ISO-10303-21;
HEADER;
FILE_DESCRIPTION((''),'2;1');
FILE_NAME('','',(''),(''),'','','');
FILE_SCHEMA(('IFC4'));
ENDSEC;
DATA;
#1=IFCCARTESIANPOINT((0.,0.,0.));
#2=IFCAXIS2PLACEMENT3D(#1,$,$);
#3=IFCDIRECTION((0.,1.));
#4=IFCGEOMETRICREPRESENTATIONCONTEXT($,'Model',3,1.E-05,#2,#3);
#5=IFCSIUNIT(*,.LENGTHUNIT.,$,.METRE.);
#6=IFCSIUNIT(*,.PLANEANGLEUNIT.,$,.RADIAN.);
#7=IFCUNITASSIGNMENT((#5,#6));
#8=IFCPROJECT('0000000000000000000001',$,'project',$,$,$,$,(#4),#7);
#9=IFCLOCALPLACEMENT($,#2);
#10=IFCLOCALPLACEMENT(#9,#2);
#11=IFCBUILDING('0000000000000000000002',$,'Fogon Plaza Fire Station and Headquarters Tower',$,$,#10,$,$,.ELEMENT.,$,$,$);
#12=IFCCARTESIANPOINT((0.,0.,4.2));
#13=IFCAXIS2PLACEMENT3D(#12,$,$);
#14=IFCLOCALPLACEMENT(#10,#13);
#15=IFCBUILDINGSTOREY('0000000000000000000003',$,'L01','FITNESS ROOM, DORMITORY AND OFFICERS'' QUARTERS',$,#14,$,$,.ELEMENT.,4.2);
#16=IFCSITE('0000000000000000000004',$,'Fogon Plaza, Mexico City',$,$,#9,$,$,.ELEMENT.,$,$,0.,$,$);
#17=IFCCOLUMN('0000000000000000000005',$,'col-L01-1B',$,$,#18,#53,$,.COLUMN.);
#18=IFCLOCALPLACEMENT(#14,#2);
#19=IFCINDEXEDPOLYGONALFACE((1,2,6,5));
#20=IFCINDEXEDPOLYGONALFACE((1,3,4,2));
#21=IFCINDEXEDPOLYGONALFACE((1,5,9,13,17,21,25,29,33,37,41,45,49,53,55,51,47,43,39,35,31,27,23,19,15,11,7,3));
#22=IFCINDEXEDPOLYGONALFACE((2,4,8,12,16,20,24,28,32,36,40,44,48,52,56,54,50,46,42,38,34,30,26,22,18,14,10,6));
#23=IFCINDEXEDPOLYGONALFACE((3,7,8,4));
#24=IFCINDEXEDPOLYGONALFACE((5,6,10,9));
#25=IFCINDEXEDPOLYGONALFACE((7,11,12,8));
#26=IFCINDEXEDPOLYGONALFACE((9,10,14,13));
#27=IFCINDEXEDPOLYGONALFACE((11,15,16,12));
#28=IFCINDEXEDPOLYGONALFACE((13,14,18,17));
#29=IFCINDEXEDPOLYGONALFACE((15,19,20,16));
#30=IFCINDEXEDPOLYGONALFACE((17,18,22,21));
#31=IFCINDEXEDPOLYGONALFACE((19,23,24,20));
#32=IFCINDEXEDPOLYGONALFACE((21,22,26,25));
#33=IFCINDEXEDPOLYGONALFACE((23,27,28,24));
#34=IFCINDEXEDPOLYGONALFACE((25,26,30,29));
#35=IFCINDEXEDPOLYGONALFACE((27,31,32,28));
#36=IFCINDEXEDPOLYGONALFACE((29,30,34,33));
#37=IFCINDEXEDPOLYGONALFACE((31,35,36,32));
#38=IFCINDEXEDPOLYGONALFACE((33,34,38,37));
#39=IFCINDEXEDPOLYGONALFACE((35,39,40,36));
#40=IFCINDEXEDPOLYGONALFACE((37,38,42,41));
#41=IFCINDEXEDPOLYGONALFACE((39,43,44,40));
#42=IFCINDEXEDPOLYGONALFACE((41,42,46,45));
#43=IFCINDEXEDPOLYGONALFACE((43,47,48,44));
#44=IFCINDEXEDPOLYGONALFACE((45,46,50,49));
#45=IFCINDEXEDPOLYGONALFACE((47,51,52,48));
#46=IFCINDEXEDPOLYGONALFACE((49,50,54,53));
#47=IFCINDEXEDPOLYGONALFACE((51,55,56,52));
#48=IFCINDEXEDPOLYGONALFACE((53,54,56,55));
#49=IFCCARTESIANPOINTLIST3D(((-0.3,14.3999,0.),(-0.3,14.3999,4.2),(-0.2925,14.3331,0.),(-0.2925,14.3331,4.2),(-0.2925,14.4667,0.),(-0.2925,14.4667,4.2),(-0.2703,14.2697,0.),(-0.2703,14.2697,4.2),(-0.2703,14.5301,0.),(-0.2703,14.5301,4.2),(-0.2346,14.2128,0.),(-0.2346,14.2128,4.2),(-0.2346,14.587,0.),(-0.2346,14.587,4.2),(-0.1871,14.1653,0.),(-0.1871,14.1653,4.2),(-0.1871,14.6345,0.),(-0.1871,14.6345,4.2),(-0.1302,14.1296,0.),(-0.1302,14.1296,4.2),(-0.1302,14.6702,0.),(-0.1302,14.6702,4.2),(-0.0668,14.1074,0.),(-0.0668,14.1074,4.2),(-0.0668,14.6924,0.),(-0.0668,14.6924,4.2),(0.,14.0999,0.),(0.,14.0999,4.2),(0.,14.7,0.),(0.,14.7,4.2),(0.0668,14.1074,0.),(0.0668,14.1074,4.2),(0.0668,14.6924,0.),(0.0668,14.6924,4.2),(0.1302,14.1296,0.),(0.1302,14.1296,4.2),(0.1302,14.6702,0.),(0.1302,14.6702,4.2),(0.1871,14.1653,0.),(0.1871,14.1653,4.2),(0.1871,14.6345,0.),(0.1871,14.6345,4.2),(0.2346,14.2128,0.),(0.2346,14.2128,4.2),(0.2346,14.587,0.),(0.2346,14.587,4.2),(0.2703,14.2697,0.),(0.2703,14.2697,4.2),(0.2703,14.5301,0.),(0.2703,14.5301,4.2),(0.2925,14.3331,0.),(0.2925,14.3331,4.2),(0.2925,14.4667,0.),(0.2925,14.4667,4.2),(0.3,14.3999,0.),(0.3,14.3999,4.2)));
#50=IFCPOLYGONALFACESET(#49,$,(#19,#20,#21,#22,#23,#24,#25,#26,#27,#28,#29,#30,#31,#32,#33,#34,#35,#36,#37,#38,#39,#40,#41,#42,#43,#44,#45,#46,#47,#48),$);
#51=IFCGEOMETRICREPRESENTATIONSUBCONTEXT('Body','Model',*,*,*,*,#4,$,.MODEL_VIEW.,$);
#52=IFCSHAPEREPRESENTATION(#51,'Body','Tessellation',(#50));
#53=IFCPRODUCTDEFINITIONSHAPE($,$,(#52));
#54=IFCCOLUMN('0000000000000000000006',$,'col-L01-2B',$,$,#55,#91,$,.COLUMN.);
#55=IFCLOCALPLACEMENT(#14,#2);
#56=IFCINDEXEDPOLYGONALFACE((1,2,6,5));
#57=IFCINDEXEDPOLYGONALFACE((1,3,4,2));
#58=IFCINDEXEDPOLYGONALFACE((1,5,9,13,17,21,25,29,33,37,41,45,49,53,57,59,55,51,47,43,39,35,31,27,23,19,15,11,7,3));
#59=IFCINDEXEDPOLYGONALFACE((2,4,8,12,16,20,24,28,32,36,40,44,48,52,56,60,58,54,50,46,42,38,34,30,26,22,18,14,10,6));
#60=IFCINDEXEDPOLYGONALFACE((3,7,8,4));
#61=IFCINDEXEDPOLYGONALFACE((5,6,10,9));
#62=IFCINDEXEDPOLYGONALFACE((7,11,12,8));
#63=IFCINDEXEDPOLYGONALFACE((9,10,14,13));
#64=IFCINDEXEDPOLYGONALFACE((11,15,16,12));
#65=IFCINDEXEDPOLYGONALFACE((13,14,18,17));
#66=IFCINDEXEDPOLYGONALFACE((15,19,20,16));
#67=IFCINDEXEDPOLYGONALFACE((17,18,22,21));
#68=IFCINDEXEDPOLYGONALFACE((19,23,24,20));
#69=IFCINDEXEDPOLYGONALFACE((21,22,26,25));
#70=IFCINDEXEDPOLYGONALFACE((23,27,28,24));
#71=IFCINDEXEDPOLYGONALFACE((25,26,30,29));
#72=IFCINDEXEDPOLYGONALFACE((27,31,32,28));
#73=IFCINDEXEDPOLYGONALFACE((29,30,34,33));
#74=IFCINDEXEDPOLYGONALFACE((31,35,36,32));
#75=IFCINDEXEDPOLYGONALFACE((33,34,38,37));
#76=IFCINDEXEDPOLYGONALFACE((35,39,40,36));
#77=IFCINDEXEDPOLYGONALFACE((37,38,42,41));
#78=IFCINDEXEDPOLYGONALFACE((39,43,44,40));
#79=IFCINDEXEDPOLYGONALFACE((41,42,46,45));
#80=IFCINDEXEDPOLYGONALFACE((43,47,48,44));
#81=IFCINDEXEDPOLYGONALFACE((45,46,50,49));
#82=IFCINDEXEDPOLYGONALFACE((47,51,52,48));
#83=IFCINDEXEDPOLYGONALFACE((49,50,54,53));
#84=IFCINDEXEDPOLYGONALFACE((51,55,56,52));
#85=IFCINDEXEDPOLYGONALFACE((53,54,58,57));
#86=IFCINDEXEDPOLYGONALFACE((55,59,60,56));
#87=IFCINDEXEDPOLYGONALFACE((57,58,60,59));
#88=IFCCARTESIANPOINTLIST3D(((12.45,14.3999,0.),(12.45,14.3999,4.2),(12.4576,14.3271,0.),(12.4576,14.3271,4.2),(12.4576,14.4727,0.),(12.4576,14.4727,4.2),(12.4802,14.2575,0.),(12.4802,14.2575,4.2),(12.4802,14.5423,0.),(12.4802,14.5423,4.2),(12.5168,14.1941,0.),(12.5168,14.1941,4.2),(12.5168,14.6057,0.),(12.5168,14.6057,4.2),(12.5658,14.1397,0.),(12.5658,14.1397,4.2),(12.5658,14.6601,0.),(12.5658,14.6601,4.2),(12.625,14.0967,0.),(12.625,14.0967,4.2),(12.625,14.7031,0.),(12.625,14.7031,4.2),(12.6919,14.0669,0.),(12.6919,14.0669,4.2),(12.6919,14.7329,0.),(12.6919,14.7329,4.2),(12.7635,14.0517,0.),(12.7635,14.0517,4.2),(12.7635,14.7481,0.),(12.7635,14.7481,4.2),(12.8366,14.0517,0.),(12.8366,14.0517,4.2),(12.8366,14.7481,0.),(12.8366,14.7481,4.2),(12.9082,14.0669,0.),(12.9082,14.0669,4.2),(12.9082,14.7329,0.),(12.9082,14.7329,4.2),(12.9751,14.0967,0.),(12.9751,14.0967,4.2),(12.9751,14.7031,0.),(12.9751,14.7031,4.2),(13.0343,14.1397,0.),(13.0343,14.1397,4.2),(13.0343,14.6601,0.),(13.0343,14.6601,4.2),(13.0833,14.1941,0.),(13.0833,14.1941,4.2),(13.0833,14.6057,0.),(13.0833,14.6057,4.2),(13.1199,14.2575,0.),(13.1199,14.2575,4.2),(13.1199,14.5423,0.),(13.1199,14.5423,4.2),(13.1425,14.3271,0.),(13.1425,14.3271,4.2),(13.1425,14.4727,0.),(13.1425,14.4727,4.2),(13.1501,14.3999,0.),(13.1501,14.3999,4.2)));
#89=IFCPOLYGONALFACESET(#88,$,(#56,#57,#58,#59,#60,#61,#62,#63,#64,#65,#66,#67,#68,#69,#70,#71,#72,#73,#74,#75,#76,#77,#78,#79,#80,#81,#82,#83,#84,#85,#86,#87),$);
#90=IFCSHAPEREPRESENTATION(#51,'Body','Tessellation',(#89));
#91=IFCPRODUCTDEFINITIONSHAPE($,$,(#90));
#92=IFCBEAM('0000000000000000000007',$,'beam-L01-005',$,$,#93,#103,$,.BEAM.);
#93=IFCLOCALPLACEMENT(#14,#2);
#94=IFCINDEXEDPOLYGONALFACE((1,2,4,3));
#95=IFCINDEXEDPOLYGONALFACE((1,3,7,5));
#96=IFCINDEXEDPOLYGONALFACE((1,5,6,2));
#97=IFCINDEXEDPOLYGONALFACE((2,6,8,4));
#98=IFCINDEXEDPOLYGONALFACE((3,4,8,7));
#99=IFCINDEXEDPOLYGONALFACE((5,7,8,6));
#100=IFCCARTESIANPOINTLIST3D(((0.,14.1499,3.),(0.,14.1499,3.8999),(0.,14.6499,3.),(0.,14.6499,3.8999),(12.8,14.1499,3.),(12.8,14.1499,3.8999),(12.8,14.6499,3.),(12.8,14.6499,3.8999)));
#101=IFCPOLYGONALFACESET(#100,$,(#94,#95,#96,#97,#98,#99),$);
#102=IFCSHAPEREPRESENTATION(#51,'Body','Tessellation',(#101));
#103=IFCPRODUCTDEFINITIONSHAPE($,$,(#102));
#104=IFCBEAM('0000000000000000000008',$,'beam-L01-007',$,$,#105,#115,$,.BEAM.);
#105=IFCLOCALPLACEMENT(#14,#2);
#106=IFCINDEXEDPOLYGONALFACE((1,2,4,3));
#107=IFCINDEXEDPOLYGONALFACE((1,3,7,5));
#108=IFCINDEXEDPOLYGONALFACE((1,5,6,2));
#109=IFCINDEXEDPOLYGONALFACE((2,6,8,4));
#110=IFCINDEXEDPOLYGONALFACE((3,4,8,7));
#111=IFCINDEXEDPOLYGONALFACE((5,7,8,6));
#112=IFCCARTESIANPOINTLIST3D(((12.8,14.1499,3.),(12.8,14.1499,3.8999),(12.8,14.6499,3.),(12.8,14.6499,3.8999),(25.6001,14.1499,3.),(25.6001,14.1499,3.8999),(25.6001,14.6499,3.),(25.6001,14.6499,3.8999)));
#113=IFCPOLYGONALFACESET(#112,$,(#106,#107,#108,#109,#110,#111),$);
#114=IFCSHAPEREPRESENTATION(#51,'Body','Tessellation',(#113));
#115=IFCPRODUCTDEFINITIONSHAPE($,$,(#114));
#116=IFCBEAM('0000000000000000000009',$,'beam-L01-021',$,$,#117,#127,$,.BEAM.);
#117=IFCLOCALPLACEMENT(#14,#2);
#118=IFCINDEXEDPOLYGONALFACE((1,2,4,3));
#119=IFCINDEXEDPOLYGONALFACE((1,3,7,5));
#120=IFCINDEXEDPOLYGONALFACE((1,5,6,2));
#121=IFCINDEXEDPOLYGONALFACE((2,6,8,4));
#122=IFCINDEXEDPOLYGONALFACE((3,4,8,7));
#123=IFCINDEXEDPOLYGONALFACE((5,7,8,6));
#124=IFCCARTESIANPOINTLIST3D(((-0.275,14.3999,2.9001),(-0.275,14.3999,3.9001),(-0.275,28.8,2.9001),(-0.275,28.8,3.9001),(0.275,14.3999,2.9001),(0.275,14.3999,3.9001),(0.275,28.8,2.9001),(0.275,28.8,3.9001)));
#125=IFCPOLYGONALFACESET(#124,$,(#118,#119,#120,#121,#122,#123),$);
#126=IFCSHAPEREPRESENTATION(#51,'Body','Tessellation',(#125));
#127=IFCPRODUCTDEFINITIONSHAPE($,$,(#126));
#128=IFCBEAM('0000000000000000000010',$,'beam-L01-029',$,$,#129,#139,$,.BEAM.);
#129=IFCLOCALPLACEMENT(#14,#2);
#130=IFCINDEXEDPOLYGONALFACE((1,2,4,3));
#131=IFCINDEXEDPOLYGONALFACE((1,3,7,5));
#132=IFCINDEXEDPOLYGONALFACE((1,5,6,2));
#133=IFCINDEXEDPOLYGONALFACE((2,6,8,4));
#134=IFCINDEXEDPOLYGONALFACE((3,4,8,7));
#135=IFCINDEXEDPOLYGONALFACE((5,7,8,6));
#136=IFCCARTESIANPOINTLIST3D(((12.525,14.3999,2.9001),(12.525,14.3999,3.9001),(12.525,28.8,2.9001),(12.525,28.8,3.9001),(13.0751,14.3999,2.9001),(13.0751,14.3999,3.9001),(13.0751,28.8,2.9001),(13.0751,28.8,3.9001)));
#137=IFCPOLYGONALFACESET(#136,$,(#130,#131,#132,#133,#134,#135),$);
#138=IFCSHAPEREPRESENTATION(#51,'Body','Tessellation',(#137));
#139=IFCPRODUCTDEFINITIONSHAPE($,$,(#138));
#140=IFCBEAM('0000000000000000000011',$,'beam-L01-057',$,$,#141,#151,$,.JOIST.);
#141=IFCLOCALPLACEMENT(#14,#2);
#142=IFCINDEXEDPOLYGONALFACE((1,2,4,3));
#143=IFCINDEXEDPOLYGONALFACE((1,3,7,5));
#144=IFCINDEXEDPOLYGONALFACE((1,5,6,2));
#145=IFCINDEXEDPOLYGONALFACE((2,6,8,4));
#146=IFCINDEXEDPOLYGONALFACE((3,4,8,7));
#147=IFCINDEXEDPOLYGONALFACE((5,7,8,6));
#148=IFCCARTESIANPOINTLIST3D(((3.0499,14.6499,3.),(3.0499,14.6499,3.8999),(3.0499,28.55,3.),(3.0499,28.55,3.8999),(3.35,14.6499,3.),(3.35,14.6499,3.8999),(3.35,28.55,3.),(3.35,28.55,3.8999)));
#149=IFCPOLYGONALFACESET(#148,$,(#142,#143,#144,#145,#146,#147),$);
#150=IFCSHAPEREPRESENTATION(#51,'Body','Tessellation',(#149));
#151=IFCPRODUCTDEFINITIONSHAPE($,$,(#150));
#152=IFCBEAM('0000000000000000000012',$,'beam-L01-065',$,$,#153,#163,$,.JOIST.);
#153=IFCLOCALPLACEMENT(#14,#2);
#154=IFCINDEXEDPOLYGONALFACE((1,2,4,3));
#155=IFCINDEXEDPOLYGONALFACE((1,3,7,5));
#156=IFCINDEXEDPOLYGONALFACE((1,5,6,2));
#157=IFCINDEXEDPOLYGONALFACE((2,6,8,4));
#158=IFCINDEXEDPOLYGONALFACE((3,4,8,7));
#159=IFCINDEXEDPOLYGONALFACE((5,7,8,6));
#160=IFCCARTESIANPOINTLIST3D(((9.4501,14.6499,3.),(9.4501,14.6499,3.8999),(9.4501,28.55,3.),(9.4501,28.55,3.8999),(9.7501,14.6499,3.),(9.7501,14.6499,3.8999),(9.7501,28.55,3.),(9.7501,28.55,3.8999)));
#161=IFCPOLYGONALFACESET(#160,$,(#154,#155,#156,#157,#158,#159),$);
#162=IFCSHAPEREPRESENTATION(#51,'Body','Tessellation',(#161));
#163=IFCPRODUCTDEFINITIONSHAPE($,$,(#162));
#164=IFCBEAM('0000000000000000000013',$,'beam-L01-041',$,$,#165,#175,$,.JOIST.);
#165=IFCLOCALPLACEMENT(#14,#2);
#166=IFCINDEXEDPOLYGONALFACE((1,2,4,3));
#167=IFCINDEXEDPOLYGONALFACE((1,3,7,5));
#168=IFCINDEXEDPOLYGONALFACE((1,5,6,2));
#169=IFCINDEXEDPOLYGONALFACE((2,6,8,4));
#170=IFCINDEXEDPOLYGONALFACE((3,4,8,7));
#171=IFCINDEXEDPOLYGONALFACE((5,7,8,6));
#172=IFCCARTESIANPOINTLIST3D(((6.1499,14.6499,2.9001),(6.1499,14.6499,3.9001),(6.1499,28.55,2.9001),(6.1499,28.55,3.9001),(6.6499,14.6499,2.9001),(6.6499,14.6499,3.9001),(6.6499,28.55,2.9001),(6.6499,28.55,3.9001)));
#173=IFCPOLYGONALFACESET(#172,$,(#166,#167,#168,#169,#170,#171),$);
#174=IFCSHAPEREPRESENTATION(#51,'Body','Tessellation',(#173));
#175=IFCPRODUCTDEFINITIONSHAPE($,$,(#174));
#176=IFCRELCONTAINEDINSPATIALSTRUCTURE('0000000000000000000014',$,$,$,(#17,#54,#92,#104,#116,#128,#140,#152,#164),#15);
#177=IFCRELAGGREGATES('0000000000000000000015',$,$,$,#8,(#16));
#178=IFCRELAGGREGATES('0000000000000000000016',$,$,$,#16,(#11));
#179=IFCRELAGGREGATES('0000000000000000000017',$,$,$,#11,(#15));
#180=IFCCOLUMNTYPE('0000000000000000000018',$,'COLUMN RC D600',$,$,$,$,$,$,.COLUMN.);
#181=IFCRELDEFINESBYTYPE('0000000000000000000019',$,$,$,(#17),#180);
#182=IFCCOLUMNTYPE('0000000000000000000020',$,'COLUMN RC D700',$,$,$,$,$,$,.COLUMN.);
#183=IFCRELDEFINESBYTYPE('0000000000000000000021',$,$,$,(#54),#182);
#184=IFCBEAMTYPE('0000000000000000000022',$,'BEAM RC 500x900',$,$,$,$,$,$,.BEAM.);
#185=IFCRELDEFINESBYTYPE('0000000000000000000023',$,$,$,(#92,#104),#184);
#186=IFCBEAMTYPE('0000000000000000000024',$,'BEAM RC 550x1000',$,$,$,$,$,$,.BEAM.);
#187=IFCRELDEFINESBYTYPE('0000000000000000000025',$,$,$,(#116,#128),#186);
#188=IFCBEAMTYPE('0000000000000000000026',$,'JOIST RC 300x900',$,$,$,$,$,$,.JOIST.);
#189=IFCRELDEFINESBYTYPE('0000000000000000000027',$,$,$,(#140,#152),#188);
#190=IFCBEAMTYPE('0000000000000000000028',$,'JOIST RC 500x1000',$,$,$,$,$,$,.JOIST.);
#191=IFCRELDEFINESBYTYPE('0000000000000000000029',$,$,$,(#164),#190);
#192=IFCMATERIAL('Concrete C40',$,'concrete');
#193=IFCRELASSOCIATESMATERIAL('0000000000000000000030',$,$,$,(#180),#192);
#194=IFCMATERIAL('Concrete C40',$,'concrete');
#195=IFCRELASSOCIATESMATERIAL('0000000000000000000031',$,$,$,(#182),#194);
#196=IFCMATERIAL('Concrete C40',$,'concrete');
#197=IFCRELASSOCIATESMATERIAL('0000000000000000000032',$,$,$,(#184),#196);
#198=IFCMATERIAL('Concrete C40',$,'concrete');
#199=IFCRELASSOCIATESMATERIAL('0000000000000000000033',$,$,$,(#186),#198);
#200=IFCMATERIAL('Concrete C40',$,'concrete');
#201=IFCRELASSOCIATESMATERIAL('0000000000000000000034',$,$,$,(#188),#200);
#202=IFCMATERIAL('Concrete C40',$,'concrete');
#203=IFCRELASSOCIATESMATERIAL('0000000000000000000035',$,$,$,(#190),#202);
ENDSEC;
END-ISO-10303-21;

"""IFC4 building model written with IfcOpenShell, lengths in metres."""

from ifc_helpers import new_model, si_unit, direction, frame, origin, origin_2d, place, context, subcontext, project, spatial, rectangle, circle, extrude, material, material_profile, profile_set, type_object, element, save


model = new_model("IFC4")

# Units and contexts
model_context = context("Model", 3, precision=1e-05, world=origin(), true_north=direction((0.0, 1.0)))
body_context = subcontext(model_context, "Body", "Model", "MODEL_VIEW")
ifc_project = project(units=[si_unit("LENGTHUNIT", "METRE"), si_unit("PLANEANGLEUNIT", "RADIAN")], contexts=[model_context])

# Site, building, storey
site_placement = place(None, origin())
site = spatial("IfcSite", under=ifc_project, at=site_placement, Name="Fogon Plaza, Mexico City", CompositionType="ELEMENT", RefElevation=0.0)
building_placement = place(site_placement, origin())
building = spatial("IfcBuilding", under=site, at=building_placement, Name="Fogon Plaza Fire Station and Headquarters Tower", CompositionType="ELEMENT")
storey_placement = place(building_placement, frame((0.0, 0.0, 4.2)))
storey = spatial("IfcBuildingStorey", under=building, at=storey_placement, Name="L01", Description="FITNESS ROOM, DORMITORY AND OFFICERS' QUARTERS", CompositionType="ELEMENT", Elevation=4.2)

# Columns
ifc_material_1 = material(Name="Concrete C40", Category="concrete")
ifc_material_profile_1 = material_profile(ifc_material_1, circle(Radius=0.3, at=origin_2d()), Name="RC D600")
ifc_profile_set_1 = profile_set([ifc_material_profile_1], Name="Concrete C40")
column_type_1 = type_object("IfcColumnType", Name="COLUMN RC D600", PredefinedType="COLUMN", material=ifc_profile_set_1)
column_1_placement = place(storey_placement, frame((0.0, 14.3999, 0.0), z_axis=(0.0, 0.0, 1.0), x_axis=(1.0, 0.0, 0.0)))
element("IfcColumn", 1, at=column_1_placement, inside=storey, type_object=column_type_1, Name="col-L01-1B", PredefinedType="COLUMN", context=body_context, shape_type="SweptSolid", body=[
    extrude(circle(Radius=0.3, at=origin_2d()), origin(), (0.0, 0.0, 1.0), 4.2),
])
ifc_material_2 = material(Name="Concrete C40", Category="concrete")
ifc_material_profile_2 = material_profile(ifc_material_2, circle(Radius=0.3501, at=origin_2d()), Name="RC D700")
ifc_profile_set_2 = profile_set([ifc_material_profile_2], Name="Concrete C40")
column_type_2 = type_object("IfcColumnType", Name="COLUMN RC D700", PredefinedType="COLUMN", material=ifc_profile_set_2)
column_2_placement = place(storey_placement, frame((12.8, 14.3999, 0.0), z_axis=(0.0, 0.0, 1.0), x_axis=(1.0, 0.0, 0.0)))
element("IfcColumn", 2, at=column_2_placement, inside=storey, type_object=column_type_2, Name="col-L01-2B", PredefinedType="COLUMN", context=body_context, shape_type="SweptSolid", body=[
    extrude(circle(Radius=0.3501, at=origin_2d()), origin(), (0.0, 0.0, 1.0), 4.2),
])

# Beams
ifc_material_3 = material(Name="Concrete C40", Category="concrete")
ifc_material_profile_3 = material_profile(ifc_material_3, rectangle(XDim=0.5, YDim=0.8999, at=origin_2d()), Name="RC 500x900")
ifc_profile_set_3 = profile_set([ifc_material_profile_3], Name="Concrete C40")
beam_type_1 = type_object("IfcBeamType", Name="BEAM RC 500x900", PredefinedType="BEAM", material=ifc_profile_set_3)
for number, where, z_axis, x_axis, name in (
    (3, (0.0, 14.3999, 3.45), (1.0, 0.0, 0.0), (0.0, 1.0, 0.0), "beam-L01-005"),
    (4, (12.8, 14.3999, 3.45), (1.0, 0.0, 0.0), (0.0, 1.0, 0.0), "beam-L01-007"),
):
    element("IfcBeam", number, at=place(storey_placement, frame(where, z_axis=z_axis, x_axis=x_axis)), inside=storey, type_object=beam_type_1, Name=name, PredefinedType="BEAM", context=body_context, shape_type="SweptSolid", body=[
        extrude(rectangle(XDim=0.5, YDim=0.8999, at=origin_2d()), origin(), (0.0, 0.0, 1.0), 12.8),
    ])
ifc_material_4 = material(Name="Concrete C40", Category="concrete")
ifc_material_profile_4 = material_profile(ifc_material_4, rectangle(XDim=0.55, YDim=1.0, at=origin_2d()), Name="RC 550x1000")
ifc_profile_set_4 = profile_set([ifc_material_profile_4], Name="Concrete C40")
beam_type_2 = type_object("IfcBeamType", Name="BEAM RC 550x1000", PredefinedType="BEAM", material=ifc_profile_set_4)
for number, where, z_axis, x_axis, name in (
    (5, (0.0, 14.3999, 3.4001), (0.0, 1.0, 0.0), (-1.0, 0.0, 0.0), "beam-L01-021"),
    (6, (12.8, 14.3999, 3.4001), (0.0, 1.0, 0.0), (-1.0, 0.0, 0.0), "beam-L01-029"),
):
    element("IfcBeam", number, at=place(storey_placement, frame(where, z_axis=z_axis, x_axis=x_axis)), inside=storey, type_object=beam_type_2, Name=name, PredefinedType="BEAM", context=body_context, shape_type="SweptSolid", body=[
        extrude(rectangle(XDim=0.55, YDim=1.0, at=origin_2d()), origin(), (0.0, 0.0, 1.0), 14.4001),
    ])
ifc_material_5 = material(Name="Concrete C40", Category="concrete")
ifc_material_profile_5 = material_profile(ifc_material_5, rectangle(XDim=0.3, YDim=0.8999, at=origin_2d()), Name="RC 300x900")
ifc_profile_set_5 = profile_set([ifc_material_profile_5], Name="Concrete C40")
beam_type_3 = type_object("IfcBeamType", Name="JOIST RC 300x900", PredefinedType="JOIST", material=ifc_profile_set_5)
for number, where, z_axis, x_axis, name in (
    (7, (3.2, 14.6499, 3.45), (0.0, 1.0, 0.0), (-1.0, 0.0, 0.0), "beam-L01-057"),
    (8, (9.6001, 14.6499, 3.45), (0.0, 1.0, 0.0), (-1.0, 0.0, 0.0), "beam-L01-065"),
):
    element("IfcBeam", number, at=place(storey_placement, frame(where, z_axis=z_axis, x_axis=x_axis)), inside=storey, type_object=beam_type_3, Name=name, PredefinedType="JOIST", context=body_context, shape_type="SweptSolid", body=[
        extrude(rectangle(XDim=0.3, YDim=0.8999, at=origin_2d()), origin(), (0.0, 0.0, 1.0), 13.9001),
    ])
ifc_material_6 = material(Name="Concrete C40", Category="concrete")
ifc_material_profile_6 = material_profile(ifc_material_6, rectangle(XDim=0.5, YDim=1.0, at=origin_2d()), Name="RC 500x1000")
ifc_profile_set_6 = profile_set([ifc_material_profile_6], Name="Concrete C40")
beam_type_4 = type_object("IfcBeamType", Name="JOIST RC 500x1000", PredefinedType="JOIST", material=ifc_profile_set_6)
beam_placement = place(storey_placement, frame((6.3999, 14.6499, 3.4001), z_axis=(0.0, 1.0, 0.0), x_axis=(-1.0, 0.0, 0.0)))
element("IfcBeam", 9, at=beam_placement, inside=storey, type_object=beam_type_4, Name="beam-L01-041", PredefinedType="JOIST", context=body_context, shape_type="SweptSolid", body=[
    extrude(rectangle(XDim=0.5, YDim=1.0, at=origin_2d()), origin(), (0.0, 0.0, 1.0), 13.9001),
])

save(model, "model.ifc")
